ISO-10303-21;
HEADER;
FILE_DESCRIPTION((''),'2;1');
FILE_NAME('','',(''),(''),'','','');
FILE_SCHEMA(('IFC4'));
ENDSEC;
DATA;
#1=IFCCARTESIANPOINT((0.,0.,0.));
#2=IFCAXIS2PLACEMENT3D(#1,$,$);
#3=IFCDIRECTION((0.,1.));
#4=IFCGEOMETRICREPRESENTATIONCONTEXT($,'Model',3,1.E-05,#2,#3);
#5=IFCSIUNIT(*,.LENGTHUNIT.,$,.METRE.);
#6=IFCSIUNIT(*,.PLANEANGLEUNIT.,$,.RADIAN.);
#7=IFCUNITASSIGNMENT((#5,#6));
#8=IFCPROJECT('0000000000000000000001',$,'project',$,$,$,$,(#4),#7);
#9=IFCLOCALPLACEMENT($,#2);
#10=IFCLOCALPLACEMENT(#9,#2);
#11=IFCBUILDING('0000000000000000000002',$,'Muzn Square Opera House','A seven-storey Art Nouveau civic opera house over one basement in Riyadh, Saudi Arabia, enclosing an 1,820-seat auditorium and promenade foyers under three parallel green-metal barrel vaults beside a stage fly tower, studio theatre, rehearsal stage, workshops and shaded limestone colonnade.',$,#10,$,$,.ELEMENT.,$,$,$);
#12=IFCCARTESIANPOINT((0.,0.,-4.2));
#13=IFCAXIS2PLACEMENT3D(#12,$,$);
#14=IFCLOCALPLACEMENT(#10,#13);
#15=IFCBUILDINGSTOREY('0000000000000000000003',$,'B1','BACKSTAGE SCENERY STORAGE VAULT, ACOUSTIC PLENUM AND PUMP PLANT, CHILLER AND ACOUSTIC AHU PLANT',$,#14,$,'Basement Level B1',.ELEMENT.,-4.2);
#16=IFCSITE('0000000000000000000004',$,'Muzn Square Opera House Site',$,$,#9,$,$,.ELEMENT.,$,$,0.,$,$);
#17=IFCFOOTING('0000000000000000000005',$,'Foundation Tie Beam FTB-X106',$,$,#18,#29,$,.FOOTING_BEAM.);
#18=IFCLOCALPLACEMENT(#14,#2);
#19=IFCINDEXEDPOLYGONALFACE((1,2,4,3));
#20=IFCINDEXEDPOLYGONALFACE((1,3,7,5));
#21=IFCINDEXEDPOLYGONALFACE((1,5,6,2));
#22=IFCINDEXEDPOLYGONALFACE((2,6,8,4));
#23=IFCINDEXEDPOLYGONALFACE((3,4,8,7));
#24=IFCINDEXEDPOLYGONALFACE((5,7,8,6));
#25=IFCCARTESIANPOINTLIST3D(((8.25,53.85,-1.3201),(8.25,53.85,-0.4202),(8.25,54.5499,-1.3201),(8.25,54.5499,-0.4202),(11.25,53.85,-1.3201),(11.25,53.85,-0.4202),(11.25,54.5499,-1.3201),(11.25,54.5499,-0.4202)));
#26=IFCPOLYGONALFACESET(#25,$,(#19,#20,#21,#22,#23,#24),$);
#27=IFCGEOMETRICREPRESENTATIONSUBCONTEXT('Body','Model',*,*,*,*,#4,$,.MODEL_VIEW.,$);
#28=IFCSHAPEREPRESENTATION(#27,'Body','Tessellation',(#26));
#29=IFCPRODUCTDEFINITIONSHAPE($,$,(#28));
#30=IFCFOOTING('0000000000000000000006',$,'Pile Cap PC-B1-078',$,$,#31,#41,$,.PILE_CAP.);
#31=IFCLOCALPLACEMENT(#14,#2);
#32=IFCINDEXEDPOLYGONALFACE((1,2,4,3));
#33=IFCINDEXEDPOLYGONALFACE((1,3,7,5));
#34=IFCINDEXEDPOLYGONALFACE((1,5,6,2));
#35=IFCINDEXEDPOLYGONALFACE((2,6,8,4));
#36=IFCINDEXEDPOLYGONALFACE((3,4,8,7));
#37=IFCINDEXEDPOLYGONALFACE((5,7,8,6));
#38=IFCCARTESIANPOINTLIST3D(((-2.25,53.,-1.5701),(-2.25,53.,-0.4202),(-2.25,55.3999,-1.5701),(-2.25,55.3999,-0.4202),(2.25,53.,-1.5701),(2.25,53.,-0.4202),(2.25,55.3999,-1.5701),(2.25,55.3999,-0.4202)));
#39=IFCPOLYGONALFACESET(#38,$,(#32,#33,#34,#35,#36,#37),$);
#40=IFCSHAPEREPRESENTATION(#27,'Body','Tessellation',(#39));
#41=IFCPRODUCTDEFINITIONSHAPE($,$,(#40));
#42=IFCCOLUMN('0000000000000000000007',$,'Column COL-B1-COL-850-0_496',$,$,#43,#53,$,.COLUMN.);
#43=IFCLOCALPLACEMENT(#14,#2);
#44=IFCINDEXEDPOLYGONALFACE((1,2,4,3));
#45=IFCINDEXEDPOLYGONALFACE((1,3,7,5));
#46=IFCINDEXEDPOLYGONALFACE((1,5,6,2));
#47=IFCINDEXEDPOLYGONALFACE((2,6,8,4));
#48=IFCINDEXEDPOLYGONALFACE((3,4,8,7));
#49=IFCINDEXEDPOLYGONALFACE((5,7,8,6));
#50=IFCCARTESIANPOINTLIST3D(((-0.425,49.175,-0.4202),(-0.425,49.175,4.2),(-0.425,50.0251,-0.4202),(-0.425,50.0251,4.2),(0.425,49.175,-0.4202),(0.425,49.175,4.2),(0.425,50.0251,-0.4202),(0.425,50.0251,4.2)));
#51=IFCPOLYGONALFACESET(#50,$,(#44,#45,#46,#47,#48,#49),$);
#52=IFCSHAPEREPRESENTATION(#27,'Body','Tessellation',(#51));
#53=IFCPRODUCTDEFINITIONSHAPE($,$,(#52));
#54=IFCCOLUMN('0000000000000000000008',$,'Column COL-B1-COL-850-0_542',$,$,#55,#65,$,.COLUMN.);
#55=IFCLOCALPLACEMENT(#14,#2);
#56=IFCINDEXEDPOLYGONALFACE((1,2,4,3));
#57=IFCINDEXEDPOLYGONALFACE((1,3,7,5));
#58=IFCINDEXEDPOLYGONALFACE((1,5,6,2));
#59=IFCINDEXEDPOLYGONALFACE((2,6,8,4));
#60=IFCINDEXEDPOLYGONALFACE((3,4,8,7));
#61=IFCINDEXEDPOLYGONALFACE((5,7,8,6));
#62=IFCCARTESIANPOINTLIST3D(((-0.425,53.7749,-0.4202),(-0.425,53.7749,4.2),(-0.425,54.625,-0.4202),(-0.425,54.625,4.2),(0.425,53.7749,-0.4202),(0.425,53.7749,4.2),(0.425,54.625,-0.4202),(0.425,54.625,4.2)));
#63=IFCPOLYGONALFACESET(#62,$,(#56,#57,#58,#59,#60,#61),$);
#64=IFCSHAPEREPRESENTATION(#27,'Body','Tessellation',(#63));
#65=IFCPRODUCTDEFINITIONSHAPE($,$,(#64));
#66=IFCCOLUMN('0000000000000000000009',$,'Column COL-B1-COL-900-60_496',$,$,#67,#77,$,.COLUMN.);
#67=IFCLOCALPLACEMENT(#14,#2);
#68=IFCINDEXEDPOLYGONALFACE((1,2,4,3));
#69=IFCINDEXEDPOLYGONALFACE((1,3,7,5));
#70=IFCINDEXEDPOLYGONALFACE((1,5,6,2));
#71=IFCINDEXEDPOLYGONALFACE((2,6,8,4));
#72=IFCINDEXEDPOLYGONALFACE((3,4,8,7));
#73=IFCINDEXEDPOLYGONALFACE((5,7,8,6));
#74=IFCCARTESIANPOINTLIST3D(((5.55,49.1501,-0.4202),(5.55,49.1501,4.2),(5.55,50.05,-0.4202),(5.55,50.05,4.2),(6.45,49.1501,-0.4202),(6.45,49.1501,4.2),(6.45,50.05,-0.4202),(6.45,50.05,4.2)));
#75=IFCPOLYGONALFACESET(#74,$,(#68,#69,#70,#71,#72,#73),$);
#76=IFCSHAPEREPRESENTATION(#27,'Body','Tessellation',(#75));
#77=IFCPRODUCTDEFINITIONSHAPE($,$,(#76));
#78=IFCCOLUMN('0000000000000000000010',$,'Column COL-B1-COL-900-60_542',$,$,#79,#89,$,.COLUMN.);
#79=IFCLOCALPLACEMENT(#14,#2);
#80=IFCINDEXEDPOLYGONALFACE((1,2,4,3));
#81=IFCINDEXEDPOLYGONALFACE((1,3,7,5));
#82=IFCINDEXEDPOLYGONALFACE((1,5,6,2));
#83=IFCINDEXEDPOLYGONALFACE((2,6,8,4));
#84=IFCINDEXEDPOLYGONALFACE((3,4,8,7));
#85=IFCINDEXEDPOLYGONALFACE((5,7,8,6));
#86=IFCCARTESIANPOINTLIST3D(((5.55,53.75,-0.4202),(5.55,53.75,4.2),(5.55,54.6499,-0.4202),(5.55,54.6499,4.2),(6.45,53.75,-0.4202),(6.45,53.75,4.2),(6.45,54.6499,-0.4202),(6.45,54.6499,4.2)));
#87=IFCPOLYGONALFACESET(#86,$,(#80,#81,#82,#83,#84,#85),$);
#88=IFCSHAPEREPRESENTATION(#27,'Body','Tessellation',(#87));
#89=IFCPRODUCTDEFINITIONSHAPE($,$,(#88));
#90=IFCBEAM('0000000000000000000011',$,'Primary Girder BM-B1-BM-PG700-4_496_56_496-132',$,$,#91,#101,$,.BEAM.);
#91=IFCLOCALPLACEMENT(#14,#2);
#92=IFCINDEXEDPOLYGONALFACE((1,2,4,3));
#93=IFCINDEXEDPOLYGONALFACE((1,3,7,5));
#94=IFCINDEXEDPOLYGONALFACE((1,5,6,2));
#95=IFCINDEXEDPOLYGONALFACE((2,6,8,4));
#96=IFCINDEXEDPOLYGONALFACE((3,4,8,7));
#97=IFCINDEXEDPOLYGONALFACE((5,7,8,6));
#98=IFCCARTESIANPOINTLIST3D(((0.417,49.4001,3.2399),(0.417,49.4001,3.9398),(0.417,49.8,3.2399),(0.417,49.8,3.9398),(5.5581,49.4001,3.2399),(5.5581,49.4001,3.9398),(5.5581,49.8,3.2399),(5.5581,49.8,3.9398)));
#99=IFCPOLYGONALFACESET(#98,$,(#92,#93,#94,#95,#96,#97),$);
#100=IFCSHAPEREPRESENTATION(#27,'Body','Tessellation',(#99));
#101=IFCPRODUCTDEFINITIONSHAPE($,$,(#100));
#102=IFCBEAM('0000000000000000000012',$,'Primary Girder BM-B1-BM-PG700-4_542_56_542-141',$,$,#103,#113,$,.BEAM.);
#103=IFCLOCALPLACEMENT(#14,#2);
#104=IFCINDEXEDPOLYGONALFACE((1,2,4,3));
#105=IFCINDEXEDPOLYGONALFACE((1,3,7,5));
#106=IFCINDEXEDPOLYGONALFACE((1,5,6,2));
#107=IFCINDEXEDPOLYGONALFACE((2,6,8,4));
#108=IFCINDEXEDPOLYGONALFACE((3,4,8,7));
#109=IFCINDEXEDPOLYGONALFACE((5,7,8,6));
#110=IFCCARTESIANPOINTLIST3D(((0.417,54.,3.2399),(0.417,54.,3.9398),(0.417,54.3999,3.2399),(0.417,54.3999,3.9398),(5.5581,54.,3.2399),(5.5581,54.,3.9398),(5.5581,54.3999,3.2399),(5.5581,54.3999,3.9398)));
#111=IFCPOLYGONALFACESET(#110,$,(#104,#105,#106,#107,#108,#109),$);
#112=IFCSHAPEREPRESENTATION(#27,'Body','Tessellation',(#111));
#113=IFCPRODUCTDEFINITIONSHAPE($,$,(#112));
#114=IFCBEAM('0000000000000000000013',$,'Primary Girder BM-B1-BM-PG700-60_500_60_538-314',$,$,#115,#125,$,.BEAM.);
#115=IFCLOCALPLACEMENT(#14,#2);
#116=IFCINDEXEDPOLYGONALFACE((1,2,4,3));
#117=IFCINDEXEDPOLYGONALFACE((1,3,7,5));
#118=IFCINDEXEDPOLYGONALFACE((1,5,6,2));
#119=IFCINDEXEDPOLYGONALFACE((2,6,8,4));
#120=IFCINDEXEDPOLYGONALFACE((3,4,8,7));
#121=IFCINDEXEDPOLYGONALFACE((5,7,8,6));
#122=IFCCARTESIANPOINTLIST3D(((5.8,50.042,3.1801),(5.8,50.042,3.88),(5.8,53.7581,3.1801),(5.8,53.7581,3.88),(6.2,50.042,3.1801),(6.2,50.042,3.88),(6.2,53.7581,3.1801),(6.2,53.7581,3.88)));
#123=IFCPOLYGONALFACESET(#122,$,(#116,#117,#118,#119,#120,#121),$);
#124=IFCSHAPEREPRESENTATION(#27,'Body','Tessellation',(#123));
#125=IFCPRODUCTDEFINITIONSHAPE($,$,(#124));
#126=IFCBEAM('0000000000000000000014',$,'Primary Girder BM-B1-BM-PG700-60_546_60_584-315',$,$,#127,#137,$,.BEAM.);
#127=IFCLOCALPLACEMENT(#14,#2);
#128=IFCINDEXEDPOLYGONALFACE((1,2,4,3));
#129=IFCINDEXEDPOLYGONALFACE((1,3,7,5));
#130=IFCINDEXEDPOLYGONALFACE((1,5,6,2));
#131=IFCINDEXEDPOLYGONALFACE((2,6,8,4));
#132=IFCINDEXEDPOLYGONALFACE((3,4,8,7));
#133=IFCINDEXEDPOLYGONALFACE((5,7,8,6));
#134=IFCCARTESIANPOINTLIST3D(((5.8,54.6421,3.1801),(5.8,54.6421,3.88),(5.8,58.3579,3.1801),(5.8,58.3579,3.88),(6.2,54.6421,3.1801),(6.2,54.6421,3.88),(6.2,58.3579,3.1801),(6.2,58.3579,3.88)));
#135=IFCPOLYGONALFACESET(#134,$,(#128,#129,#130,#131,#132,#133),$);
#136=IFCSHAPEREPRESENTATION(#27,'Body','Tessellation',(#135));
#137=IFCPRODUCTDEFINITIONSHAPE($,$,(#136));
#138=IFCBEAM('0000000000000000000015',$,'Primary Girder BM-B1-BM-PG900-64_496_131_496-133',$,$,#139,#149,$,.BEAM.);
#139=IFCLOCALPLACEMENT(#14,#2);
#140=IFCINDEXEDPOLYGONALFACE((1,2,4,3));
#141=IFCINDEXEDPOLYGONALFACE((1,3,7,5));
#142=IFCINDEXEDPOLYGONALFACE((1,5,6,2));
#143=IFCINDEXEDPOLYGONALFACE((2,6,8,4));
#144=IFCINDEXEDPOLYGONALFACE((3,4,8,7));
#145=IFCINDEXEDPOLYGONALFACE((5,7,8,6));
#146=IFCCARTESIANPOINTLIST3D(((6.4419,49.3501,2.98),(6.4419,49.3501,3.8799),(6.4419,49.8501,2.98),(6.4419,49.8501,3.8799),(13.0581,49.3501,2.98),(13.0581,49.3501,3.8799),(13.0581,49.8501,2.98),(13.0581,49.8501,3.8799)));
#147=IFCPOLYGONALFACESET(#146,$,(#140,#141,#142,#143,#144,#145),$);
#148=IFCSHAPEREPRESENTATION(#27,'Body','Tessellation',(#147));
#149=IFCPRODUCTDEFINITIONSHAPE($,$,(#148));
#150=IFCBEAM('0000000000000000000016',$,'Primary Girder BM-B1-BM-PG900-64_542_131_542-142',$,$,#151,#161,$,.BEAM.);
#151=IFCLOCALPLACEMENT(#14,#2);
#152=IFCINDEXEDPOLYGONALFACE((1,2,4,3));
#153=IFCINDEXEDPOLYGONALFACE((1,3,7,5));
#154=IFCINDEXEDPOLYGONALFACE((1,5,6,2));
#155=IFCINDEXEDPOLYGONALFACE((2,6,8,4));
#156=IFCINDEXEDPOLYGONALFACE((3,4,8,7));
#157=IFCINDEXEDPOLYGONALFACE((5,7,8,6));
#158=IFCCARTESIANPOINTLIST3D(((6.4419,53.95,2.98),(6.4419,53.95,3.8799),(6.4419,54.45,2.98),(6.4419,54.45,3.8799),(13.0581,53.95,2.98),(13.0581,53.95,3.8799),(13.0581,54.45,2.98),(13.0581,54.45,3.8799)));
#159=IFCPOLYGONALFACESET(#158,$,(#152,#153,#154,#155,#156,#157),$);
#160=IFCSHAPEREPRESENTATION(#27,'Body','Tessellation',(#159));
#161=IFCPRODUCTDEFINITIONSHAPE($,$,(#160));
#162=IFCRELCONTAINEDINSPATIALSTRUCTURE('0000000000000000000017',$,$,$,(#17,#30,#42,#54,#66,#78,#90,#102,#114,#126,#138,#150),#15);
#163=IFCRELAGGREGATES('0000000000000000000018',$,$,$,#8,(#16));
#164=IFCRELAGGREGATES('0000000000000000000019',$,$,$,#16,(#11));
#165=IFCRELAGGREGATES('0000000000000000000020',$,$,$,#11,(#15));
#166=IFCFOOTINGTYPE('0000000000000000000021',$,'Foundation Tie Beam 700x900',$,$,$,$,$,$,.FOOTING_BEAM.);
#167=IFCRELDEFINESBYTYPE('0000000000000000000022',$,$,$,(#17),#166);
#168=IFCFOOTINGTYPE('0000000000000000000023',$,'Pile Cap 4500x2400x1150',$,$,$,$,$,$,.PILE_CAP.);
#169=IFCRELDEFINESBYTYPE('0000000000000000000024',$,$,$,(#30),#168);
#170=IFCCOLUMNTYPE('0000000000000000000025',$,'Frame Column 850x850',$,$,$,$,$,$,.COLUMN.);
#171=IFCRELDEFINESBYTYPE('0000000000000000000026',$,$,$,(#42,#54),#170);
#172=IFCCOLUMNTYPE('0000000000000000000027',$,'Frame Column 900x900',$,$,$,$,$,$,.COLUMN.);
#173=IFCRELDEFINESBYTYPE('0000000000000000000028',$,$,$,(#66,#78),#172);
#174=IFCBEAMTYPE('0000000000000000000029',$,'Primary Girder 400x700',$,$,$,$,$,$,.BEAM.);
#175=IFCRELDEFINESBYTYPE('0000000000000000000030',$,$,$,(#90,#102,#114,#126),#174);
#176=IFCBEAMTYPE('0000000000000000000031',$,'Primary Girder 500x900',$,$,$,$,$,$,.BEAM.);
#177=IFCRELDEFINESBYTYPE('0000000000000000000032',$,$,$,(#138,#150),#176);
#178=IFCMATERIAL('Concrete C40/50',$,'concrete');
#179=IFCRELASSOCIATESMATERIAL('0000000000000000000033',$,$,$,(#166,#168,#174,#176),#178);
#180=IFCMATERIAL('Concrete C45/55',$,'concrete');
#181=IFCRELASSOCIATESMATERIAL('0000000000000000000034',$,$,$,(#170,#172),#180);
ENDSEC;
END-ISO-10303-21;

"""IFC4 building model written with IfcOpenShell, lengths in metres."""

from ifc_helpers import new_model, si_unit, direction, frame, origin, origin_2d, place, context, subcontext, project, spatial, rectangle, extrude, material, material_profile, profile_set, type_object, element, save


model = new_model("IFC4")

# Units and contexts
model_context = context("Model", 3, precision=1e-05, world=origin(), true_north=direction((0.0, 1.0)))
body_context = subcontext(model_context, "Body", "Model", "MODEL_VIEW")
ifc_project = project(units=[si_unit("LENGTHUNIT", "METRE"), si_unit("PLANEANGLEUNIT", "RADIAN")], contexts=[model_context])

# Site, building, storey
site_placement = place(None, origin())
site = spatial("IfcSite", under=ifc_project, at=site_placement, Name="Muzn Square Opera House Site", CompositionType="ELEMENT", RefElevation=0.0)
building_placement = place(site_placement, origin())
building = spatial("IfcBuilding", under=site, at=building_placement, Name="Muzn Square Opera House", Description="A seven-storey Art Nouveau civic opera house over one basement in Riyadh, Saudi Arabia, enclosing an 1,820-seat auditorium and promenade foyers under three parallel green-metal barrel vaults beside a stage fly tower, studio theatre, rehearsal stage, workshops and shaded limestone colonnade.", CompositionType="ELEMENT")
storey_placement = place(building_placement, frame((0.0, 0.0, -4.2)))
storey = spatial("IfcBuildingStorey", under=building, at=storey_placement, Name="B1", Description="BACKSTAGE SCENERY STORAGE VAULT, ACOUSTIC PLENUM AND PUMP PLANT, CHILLER AND ACOUSTIC AHU PLANT", LongName="Basement Level B1", CompositionType="ELEMENT", Elevation=-4.2)

# Shared definitions
ifc_material_1 = material(Name="Concrete C40/50", Category="concrete")

# Footings
ifc_material_profile_1 = material_profile(ifc_material_1, rectangle(XDim=0.7, YDim=0.8999, at=origin_2d()), Name="RCTB 700x900", Category="concrete")
ifc_profile_set_1 = profile_set([ifc_material_profile_1], Name="Concrete C40/50")
footing_type_1 = type_object("IfcFootingType", Name="Foundation Tie Beam 700x900", PredefinedType="FOOTING_BEAM", material=ifc_profile_set_1)
footing_1_placement = place(storey_placement, frame((8.25, 54.2, -0.8701), z_axis=(1.0, 0.0, 0.0), x_axis=(0.0, 1.0, 0.0)))
element("IfcFooting", 1, at=footing_1_placement, inside=storey, type_object=footing_type_1, Name="Foundation Tie Beam FTB-X106", PredefinedType="FOOTING_BEAM", context=body_context, shape_type="SweptSolid", body=[
    extrude(rectangle(XDim=0.7, YDim=0.8999, at=origin_2d()), origin(), (0.0, 0.0, 1.0), 3.0),
])
footing_type_2 = type_object("IfcFootingType", Name="Pile Cap 4500x2400x1150", PredefinedType="PILE_CAP", material=ifc_material_1)
footing_2_placement = place(storey_placement, frame((0.0, 54.2, -1.5701), z_axis=(0.0, 0.0, 1.0), x_axis=(1.0, 0.0, 0.0)))
element("IfcFooting", 2, at=footing_2_placement, inside=storey, type_object=footing_type_2, Name="Pile Cap PC-B1-078", PredefinedType="PILE_CAP", context=body_context, shape_type="SweptSolid", body=[
    extrude(rectangle(XDim=4.5, YDim=2.3999, at=origin_2d()), origin(), (0.0, 0.0, 1.0), 1.1499),
])

# Columns
ifc_material_2 = material(Name="Concrete C45/55", Category="concrete")
ifc_material_profile_2 = material_profile(ifc_material_2, rectangle(XDim=0.8501, YDim=0.8501, at=origin_2d()), Name="RC 850x850", Category="concrete")
ifc_profile_set_2 = profile_set([ifc_material_profile_2], Name="Concrete C45/55")
column_type_1 = type_object("IfcColumnType", Name="Frame Column 850x850", PredefinedType="COLUMN", material=ifc_profile_set_2)
for number, where, z_axis, x_axis, name in (
    (3, (0.0, 49.6001, -0.4202), (0.0, 0.0, 1.0), (1.0, 0.0, 0.0), "Column COL-B1-COL-850-0_496"),
    (4, (0.0, 54.2, -0.4202), (0.0, 0.0, 1.0), (1.0, 0.0, 0.0), "Column COL-B1-COL-850-0_542"),
):
    element("IfcColumn", number, at=place(storey_placement, frame(where, z_axis=z_axis, x_axis=x_axis)), inside=storey, type_object=column_type_1, Name=name, PredefinedType="COLUMN", context=body_context, shape_type="SweptSolid", body=[
        extrude(rectangle(XDim=0.8501, YDim=0.8501, at=origin_2d()), origin(), (0.0, 0.0, 1.0), 4.6201),
    ])
ifc_material_profile_3 = material_profile(ifc_material_2, rectangle(XDim=0.8999, YDim=0.8999, at=origin_2d()), Name="RC 900x900", Category="concrete")
ifc_profile_set_3 = profile_set([ifc_material_profile_3], Name="Concrete C45/55")
column_type_2 = type_object("IfcColumnType", Name="Frame Column 900x900", PredefinedType="COLUMN", material=ifc_profile_set_3)
for number, where, z_axis, x_axis, name in (
    (5, (6.0, 49.6001, -0.4202), (0.0, 0.0, 1.0), (1.0, 0.0, 0.0), "Column COL-B1-COL-900-60_496"),
    (6, (6.0, 54.2, -0.4202), (0.0, 0.0, 1.0), (1.0, 0.0, 0.0), "Column COL-B1-COL-900-60_542"),
):
    element("IfcColumn", number, at=place(storey_placement, frame(where, z_axis=z_axis, x_axis=x_axis)), inside=storey, type_object=column_type_2, Name=name, PredefinedType="COLUMN", context=body_context, shape_type="SweptSolid", body=[
        extrude(rectangle(XDim=0.8999, YDim=0.8999, at=origin_2d()), origin(), (0.0, 0.0, 1.0), 4.6201),
    ])

# Beams
ifc_material_profile_4 = material_profile(ifc_material_1, rectangle(XDim=0.3999, YDim=0.7, at=origin_2d()), Name="RCB 400x700", Category="concrete")
ifc_profile_set_4 = profile_set([ifc_material_profile_4], Name="Concrete C40/50")
beam_type_1 = type_object("IfcBeamType", Name="Primary Girder 400x700", PredefinedType="BEAM", material=ifc_profile_set_4)
for number, where, z_axis, x_axis, name in (
    (7, (0.417, 49.6001, 3.5898), (1.0, 0.0, 0.0), (0.0, 1.0, 0.0), "Primary Girder BM-B1-BM-PG700-4_496_56_496-132"),
    (8, (0.417, 54.2, 3.5898), (1.0, 0.0, 0.0), (0.0, 1.0, 0.0), "Primary Girder BM-B1-BM-PG700-4_542_56_542-141"),
):
    element("IfcBeam", number, at=place(storey_placement, frame(where, z_axis=z_axis, x_axis=x_axis)), inside=storey, type_object=beam_type_1, Name=name, PredefinedType="BEAM", context=body_context, shape_type="SweptSolid", body=[
        extrude(rectangle(XDim=0.3999, YDim=0.7, at=origin_2d()), origin(), (0.0, 0.0, 1.0), 5.1411),
    ])
beam_1_placement = place(storey_placement, frame((6.0, 50.042, 3.53), z_axis=(0.0, 1.0, 0.0), x_axis=(-1.0, 0.0, 0.0)))
element("IfcBeam", 9, at=beam_1_placement, inside=storey, type_object=beam_type_1, Name="Primary Girder BM-B1-BM-PG700-60_500_60_538-314", PredefinedType="BEAM", context=body_context, shape_type="SweptSolid", body=[
    extrude(rectangle(XDim=0.3999, YDim=0.7, at=origin_2d()), origin(), (0.0, 0.0, 1.0), 3.7161),
])
beam_2_placement = place(storey_placement, frame((6.0, 54.6421, 3.53), z_axis=(0.0, 1.0, 0.0), x_axis=(-1.0, 0.0, 0.0)))
element("IfcBeam", 10, at=beam_2_placement, inside=storey, type_object=beam_type_1, Name="Primary Girder BM-B1-BM-PG700-60_546_60_584-315", PredefinedType="BEAM", context=body_context, shape_type="SweptSolid", body=[
    extrude(rectangle(XDim=0.3999, YDim=0.7, at=origin_2d()), origin(), (0.0, 0.0, 1.0), 3.7158),
])
ifc_material_profile_5 = material_profile(ifc_material_1, rectangle(XDim=0.5, YDim=0.8999, at=origin_2d()), Name="RCB 500x900", Category="concrete")
ifc_profile_set_5 = profile_set([ifc_material_profile_5], Name="Concrete C40/50")
beam_type_2 = type_object("IfcBeamType", Name="Primary Girder 500x900", PredefinedType="BEAM", material=ifc_profile_set_5)
for number, where, z_axis, x_axis, name in (
    (11, (6.4419, 49.6001, 3.4299), (1.0, 0.0, 0.0), (0.0, 1.0, 0.0), "Primary Girder BM-B1-BM-PG900-64_496_131_496-133"),
    (12, (6.4419, 54.2, 3.4299), (1.0, 0.0, 0.0), (0.0, 1.0, 0.0), "Primary Girder BM-B1-BM-PG900-64_542_131_542-142"),
):
    element("IfcBeam", number, at=place(storey_placement, frame(where, z_axis=z_axis, x_axis=x_axis)), inside=storey, type_object=beam_type_2, Name=name, PredefinedType="BEAM", context=body_context, shape_type="SweptSolid", body=[
        extrude(rectangle(XDim=0.5, YDim=0.8999, at=origin_2d()), origin(), (0.0, 0.0, 1.0), 6.6162),
    ])

save(model, "model.ifc")
